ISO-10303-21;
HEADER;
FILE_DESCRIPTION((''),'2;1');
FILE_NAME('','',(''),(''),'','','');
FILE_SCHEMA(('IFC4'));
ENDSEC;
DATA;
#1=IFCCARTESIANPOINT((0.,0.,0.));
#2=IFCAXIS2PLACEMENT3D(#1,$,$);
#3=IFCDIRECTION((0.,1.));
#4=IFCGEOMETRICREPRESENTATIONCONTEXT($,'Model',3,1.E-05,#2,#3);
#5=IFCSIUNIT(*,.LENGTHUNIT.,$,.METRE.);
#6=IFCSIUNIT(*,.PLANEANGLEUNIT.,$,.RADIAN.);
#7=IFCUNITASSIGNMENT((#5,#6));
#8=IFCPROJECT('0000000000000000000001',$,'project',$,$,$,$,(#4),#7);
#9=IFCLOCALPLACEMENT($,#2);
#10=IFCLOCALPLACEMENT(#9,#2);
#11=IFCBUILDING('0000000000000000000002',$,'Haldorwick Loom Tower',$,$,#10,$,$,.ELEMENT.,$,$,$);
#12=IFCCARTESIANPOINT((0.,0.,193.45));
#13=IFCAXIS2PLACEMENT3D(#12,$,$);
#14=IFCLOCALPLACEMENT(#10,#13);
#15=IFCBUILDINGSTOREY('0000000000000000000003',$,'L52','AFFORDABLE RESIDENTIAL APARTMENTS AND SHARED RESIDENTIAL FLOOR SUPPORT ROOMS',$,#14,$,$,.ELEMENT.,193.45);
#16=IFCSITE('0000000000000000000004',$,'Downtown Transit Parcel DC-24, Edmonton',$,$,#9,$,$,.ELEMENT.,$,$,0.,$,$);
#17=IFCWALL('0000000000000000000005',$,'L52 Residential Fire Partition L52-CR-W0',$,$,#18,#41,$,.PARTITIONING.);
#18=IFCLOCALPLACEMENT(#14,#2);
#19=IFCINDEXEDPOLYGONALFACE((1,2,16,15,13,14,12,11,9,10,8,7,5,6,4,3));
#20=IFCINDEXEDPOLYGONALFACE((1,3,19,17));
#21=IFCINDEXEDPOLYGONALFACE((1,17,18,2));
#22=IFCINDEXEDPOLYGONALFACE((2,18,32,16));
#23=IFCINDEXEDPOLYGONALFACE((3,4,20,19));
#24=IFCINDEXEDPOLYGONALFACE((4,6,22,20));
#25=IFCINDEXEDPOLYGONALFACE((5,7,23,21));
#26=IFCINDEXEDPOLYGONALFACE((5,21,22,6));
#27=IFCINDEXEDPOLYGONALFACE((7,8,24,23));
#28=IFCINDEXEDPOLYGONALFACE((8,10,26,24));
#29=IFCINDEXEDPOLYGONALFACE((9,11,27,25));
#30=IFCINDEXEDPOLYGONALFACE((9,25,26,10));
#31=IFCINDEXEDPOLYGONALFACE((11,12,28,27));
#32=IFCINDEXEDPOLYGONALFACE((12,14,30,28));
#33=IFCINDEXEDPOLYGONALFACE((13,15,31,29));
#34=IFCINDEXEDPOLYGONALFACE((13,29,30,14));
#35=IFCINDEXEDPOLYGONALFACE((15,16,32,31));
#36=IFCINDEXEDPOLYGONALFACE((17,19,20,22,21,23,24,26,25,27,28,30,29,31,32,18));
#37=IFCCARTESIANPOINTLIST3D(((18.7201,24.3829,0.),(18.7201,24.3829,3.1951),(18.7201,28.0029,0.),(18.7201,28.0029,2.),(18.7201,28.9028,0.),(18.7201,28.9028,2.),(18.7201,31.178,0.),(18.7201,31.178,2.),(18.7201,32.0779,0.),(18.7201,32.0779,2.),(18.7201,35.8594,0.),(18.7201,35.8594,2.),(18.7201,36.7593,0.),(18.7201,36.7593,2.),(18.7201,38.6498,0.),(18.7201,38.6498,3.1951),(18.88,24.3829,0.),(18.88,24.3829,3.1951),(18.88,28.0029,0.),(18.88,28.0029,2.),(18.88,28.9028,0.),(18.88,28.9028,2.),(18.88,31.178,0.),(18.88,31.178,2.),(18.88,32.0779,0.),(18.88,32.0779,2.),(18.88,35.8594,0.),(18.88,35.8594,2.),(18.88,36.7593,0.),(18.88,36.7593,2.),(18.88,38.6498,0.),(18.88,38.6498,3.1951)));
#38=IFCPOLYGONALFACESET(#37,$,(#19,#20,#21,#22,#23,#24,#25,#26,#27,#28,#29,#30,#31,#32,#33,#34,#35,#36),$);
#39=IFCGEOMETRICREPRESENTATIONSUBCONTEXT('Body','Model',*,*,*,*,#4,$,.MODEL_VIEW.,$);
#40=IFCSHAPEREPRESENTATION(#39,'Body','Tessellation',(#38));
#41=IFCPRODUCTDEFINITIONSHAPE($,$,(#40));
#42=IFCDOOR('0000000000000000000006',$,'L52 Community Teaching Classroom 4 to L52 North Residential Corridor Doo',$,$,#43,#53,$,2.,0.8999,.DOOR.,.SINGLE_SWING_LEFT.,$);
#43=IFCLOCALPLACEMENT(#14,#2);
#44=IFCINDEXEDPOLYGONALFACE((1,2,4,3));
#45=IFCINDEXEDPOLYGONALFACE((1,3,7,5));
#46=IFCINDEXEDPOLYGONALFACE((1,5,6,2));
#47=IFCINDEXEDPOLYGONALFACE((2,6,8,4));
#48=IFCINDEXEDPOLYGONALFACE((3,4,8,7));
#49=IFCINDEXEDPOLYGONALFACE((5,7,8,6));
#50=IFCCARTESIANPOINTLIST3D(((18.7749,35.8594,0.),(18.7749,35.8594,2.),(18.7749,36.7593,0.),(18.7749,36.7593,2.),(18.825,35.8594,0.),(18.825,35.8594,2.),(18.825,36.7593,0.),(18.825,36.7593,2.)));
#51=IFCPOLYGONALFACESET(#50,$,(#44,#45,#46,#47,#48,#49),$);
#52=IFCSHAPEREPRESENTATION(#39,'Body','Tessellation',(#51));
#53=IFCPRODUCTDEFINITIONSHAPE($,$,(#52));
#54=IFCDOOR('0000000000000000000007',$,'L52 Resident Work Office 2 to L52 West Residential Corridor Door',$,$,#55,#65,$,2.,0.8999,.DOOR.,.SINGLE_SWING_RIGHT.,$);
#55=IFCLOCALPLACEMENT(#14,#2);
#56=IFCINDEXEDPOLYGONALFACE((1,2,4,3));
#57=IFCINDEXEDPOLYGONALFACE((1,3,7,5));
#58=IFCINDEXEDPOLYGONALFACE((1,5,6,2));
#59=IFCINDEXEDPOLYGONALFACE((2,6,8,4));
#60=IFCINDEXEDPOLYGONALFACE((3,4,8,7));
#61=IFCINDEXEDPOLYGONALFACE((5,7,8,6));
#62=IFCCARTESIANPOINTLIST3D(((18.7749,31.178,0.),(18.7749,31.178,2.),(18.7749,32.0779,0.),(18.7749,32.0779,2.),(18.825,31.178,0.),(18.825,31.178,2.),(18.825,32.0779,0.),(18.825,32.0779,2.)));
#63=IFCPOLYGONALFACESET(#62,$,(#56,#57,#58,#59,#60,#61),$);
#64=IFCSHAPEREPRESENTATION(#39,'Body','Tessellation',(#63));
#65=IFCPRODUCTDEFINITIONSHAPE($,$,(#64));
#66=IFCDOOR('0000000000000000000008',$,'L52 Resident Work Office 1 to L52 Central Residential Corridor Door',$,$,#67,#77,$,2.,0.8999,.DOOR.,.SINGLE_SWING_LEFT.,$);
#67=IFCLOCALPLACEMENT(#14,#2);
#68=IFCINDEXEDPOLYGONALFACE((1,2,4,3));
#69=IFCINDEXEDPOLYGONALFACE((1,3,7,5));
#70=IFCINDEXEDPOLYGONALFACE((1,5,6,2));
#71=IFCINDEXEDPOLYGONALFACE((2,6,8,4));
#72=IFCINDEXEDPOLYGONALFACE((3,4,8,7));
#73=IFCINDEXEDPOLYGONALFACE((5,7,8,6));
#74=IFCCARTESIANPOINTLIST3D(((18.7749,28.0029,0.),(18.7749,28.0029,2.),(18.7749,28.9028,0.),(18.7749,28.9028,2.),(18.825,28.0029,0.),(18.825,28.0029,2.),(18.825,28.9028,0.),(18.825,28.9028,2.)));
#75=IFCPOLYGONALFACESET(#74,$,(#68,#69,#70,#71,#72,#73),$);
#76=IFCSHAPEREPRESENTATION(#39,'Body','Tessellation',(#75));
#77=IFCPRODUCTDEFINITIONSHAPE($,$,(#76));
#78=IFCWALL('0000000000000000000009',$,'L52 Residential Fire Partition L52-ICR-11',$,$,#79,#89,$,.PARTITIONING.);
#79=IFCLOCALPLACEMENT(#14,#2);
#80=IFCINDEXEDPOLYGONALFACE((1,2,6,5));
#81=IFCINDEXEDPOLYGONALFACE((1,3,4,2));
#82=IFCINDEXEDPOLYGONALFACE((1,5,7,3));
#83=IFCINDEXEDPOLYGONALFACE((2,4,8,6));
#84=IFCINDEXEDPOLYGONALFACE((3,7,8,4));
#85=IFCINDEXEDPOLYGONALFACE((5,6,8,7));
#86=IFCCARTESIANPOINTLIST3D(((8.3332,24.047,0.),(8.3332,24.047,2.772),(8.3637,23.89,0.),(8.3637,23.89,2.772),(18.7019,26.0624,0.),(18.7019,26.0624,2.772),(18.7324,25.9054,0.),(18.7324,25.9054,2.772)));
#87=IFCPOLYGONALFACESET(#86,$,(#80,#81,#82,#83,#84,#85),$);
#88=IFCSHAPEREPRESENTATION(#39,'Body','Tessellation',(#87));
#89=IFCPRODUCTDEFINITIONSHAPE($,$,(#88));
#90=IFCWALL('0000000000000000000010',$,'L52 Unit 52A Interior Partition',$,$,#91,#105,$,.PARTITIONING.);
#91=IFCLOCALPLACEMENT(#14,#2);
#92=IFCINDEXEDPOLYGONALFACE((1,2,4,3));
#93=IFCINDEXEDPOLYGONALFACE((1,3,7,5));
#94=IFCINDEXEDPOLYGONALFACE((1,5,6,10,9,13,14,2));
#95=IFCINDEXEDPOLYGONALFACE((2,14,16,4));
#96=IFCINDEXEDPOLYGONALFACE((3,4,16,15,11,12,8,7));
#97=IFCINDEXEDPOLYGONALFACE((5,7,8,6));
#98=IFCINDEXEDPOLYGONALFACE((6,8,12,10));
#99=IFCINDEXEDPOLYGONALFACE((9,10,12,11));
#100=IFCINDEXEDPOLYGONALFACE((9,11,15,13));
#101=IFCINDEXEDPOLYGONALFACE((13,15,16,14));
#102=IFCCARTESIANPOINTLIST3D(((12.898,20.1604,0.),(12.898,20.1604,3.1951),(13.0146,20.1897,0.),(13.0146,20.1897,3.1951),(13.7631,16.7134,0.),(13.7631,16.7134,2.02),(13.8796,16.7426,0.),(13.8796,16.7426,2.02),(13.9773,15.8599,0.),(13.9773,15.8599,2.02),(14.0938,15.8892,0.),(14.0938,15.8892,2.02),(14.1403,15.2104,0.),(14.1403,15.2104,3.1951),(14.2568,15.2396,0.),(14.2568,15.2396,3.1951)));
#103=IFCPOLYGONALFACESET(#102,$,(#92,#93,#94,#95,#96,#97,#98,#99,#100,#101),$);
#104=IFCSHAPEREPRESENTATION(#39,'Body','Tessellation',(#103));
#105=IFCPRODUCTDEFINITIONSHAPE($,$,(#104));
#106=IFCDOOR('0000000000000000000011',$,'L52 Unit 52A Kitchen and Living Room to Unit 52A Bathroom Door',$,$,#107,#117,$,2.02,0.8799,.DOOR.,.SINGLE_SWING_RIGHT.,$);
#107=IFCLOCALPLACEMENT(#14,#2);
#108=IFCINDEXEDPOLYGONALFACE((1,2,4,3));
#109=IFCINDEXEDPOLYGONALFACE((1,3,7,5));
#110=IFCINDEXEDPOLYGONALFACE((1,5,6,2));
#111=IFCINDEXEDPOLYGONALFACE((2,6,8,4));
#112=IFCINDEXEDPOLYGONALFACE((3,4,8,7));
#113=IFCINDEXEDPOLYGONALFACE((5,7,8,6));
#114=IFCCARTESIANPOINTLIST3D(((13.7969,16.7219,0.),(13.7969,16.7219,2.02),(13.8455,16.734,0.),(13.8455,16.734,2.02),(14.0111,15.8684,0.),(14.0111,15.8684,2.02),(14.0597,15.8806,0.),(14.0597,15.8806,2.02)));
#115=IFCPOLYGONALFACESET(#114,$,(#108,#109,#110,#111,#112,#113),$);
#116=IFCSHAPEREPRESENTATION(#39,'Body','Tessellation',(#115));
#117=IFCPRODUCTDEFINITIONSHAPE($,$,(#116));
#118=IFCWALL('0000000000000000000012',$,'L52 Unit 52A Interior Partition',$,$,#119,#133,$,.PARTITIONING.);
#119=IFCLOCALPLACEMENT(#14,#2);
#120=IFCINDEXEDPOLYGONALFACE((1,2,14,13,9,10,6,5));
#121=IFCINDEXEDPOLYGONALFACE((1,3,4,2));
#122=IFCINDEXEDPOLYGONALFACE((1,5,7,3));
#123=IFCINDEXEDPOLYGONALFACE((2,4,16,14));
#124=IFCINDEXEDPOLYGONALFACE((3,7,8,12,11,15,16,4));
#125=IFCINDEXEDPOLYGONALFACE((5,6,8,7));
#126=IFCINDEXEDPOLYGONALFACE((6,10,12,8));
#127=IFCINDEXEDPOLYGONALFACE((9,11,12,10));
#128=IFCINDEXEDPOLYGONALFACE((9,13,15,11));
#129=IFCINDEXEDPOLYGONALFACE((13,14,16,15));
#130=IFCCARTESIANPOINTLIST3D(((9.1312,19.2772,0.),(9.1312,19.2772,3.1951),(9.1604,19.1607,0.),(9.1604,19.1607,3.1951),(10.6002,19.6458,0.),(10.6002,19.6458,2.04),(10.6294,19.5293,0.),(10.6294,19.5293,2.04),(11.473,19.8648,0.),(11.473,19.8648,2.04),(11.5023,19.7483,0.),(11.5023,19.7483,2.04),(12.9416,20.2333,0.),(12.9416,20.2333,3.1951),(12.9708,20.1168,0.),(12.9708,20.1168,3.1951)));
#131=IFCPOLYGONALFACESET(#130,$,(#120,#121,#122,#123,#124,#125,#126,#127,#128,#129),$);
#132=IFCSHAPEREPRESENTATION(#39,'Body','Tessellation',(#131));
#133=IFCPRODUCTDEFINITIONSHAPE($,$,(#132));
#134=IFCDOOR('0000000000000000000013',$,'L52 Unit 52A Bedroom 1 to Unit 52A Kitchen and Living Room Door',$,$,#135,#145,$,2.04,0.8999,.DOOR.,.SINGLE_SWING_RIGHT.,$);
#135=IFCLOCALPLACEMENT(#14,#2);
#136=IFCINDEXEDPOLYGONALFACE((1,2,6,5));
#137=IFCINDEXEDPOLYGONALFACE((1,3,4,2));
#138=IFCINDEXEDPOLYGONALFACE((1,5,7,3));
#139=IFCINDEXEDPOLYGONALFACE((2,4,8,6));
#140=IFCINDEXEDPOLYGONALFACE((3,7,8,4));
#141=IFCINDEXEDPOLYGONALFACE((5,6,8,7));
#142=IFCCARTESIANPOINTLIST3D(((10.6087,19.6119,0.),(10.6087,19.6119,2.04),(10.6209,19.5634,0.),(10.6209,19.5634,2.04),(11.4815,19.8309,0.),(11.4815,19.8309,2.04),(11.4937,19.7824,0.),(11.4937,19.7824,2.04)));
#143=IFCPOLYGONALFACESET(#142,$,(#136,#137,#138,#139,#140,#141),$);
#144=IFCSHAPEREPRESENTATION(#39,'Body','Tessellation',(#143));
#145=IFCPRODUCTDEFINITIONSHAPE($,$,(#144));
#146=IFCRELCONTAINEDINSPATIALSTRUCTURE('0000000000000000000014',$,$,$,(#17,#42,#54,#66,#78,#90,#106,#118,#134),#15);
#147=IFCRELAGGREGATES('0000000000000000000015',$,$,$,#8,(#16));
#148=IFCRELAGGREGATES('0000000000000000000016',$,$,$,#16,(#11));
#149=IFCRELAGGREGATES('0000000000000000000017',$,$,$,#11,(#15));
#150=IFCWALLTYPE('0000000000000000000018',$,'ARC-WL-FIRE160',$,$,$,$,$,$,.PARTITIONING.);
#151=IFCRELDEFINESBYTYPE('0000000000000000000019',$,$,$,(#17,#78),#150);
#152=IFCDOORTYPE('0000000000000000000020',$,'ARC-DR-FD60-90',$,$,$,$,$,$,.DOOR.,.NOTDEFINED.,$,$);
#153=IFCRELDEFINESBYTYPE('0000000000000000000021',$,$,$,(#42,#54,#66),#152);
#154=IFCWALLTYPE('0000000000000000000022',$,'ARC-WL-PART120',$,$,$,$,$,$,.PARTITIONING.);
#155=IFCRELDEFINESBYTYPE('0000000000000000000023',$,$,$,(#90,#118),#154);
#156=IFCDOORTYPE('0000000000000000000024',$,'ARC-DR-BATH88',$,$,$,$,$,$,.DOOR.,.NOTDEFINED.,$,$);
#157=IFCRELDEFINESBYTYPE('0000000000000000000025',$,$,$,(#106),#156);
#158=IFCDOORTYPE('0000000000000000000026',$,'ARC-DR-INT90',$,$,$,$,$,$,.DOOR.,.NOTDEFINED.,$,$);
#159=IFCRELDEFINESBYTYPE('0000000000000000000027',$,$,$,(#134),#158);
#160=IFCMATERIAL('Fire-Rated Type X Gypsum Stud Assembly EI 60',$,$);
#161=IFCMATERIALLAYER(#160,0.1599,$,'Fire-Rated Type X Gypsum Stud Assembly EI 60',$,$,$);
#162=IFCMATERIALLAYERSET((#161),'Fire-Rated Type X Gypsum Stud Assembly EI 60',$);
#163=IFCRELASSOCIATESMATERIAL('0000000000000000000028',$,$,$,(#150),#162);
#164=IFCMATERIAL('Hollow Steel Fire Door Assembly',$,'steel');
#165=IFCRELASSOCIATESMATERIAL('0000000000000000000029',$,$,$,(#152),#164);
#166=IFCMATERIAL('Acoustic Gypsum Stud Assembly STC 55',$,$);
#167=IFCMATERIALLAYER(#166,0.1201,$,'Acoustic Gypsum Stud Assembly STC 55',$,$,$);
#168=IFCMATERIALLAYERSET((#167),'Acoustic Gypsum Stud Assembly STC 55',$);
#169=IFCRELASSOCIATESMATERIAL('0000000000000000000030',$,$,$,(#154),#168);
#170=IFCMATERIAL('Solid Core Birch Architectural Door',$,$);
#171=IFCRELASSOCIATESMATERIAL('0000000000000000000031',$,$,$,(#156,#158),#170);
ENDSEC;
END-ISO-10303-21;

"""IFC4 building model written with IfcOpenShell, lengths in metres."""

from ifc_helpers import new_model, si_unit, direction, frame, frame_2d, origin, place, context, subcontext, project, spatial, rectangle, extrude, material, layer, layer_set, type_object, element, fill, save


model = new_model("IFC4")

# Units and contexts
model_context = context("Model", 3, precision=1e-05, world=origin(), true_north=direction((0.0, 1.0)))
body_context = subcontext(model_context, "Body", "Model", "MODEL_VIEW")
ifc_project = project(units=[si_unit("LENGTHUNIT", "METRE"), si_unit("PLANEANGLEUNIT", "RADIAN")], contexts=[model_context])

# Site, building, storey
site_placement = place(None, origin())
site = spatial("IfcSite", under=ifc_project, at=site_placement, Name="Downtown Transit Parcel DC-24, Edmonton", CompositionType="ELEMENT", RefElevation=0.0)
building_placement = place(site_placement, origin())
building = spatial("IfcBuilding", under=site, at=building_placement, Name="Haldorwick Loom Tower", CompositionType="ELEMENT")
storey_placement = place(building_placement, frame((0.0, 0.0, 193.45)))
storey = spatial("IfcBuildingStorey", under=building, at=storey_placement, Name="L52", Description="AFFORDABLE RESIDENTIAL APARTMENTS AND SHARED RESIDENTIAL FLOOR SUPPORT ROOMS", CompositionType="ELEMENT", Elevation=193.45)

# Wall, openings, doors
ifc_material_1 = material(Name="Fire-Rated Type X Gypsum Stud Assembly EI 60")
ifc_layer_1 = layer(ifc_material_1, 0.1599, Name="Fire-Rated Type X Gypsum Stud Assembly EI 60")
ifc_layer_set_1 = layer_set([ifc_layer_1], Name="Fire-Rated Type X Gypsum Stud Assembly EI 60")
wall_type_1 = type_object("IfcWallType", Name="ARC-WL-FIRE160", PredefinedType="PARTITIONING", material=ifc_layer_set_1)
ifc_material_2 = material(Name="Hollow Steel Fire Door Assembly", Category="steel")
door_type_1 = type_object("IfcDoorType", Name="ARC-DR-FD60-90", OperationType="NOTDEFINED", PredefinedType="DOOR", material=ifc_material_2)
ifc_material_3 = material(Name="Solid Core Birch Architectural Door")
wall_1_placement = place(storey_placement, frame((18.8, 24.3831, 0.0), z_axis=(0.0, 0.0, 1.0), x_axis=(0.0, 1.0, 0.0)))
wall_1 = element("IfcWall", 1, at=wall_1_placement, inside=storey, type_object=wall_type_1, Name="L52 Residential Fire Partition L52-CR-W0", PredefinedType="PARTITIONING", context=body_context, shape_type="SweptSolid", body=[
    extrude(rectangle(XDim=14.2668, YDim=0.1599, at=frame_2d((7.1333, 0.0))), origin(), (0.0, 0.0, 1.0), 3.1951),
])
opening_1_placement = place(wall_1_placement, frame((11.4763, 0.0, 0.0)))
opening_1 = element("IfcOpeningElement", 2, at=opening_1_placement, cuts=wall_1, PredefinedType="OPENING", context=body_context, shape_type="SweptSolid", body=[
    extrude(rectangle(XDim=0.8999, YDim=2.0, at=frame_2d((0.45, 1.0))), frame((0.0, 0.0898, 0.0), z_axis=(0.0, -1.0, 0.0), x_axis=(1.0, 0.0, 0.0)), (0.0, 0.0, 1.0), 0.1799),
])
opening_2_placement = place(wall_1_placement, frame((6.7949, 0.0, 0.0)))
opening_2 = element("IfcOpeningElement", 3, at=opening_2_placement, cuts=wall_1, PredefinedType="OPENING", context=body_context, shape_type="SweptSolid", body=[
    extrude(rectangle(XDim=0.8999, YDim=2.0, at=frame_2d((0.45, 1.0))), frame((0.0, 0.0898, 0.0), z_axis=(0.0, -1.0, 0.0), x_axis=(1.0, 0.0, 0.0)), (0.0, 0.0, 1.0), 0.1799),
])
opening_3_placement = place(wall_1_placement, frame((3.6199, 0.0, 0.0)))
opening_3 = element("IfcOpeningElement", 4, at=opening_3_placement, cuts=wall_1, PredefinedType="OPENING", context=body_context, shape_type="SweptSolid", body=[
    extrude(rectangle(XDim=0.8999, YDim=2.0, at=frame_2d((0.45, 1.0))), frame((0.0, 0.0898, 0.0), z_axis=(0.0, -1.0, 0.0), x_axis=(1.0, 0.0, 0.0)), (0.0, 0.0, 1.0), 0.1799),
])
door_1_placement = place(opening_1_placement, frame((0.8999, 0.0, 0.0), z_axis=(0.0, 0.0, 1.0), x_axis=(-1.0, 0.0, 0.0)))
door_1 = element("IfcDoor", 5, at=door_1_placement, inside=storey, type_object=door_type_1, Name="L52 Community Teaching Classroom 4 to L52 North Residential Corridor Doo", OperationType="SINGLE_SWING_LEFT", OverallHeight=2.0, OverallWidth=0.8999, PredefinedType="DOOR", context=body_context, shape_type="SweptSolid", body=[
    extrude(rectangle(XDim=0.8999, YDim=2.0, at=frame_2d((0.45, 1.0))), frame((0.0, 0.0249, 0.0), z_axis=(0.0, -1.0, 0.0), x_axis=(1.0, 0.0, 0.0)), (0.0, 0.0, 1.0), 0.05),
])
fill(opening_1, door_1)
door_2_placement = place(opening_2_placement, frame((0.8999, 0.0, 0.0), z_axis=(0.0, 0.0, 1.0), x_axis=(-1.0, 0.0, 0.0)))
door_2 = element("IfcDoor", 6, at=door_2_placement, inside=storey, type_object=door_type_1, Name="L52 Resident Work Office 2 to L52 West Residential Corridor Door", OperationType="SINGLE_SWING_RIGHT", OverallHeight=2.0, OverallWidth=0.8999, PredefinedType="DOOR", context=body_context, shape_type="SweptSolid", body=[
    extrude(rectangle(XDim=0.8999, YDim=2.0, at=frame_2d((0.45, 1.0))), frame((0.0, 0.0249, 0.0), z_axis=(0.0, -1.0, 0.0), x_axis=(1.0, 0.0, 0.0)), (0.0, 0.0, 1.0), 0.05),
])
fill(opening_2, door_2)
door_3_placement = place(opening_3_placement, frame((0.8999, 0.0, 0.0), z_axis=(0.0, 0.0, 1.0), x_axis=(-1.0, 0.0, 0.0)))
door_3 = element("IfcDoor", 7, at=door_3_placement, inside=storey, type_object=door_type_1, Name="L52 Resident Work Office 1 to L52 Central Residential Corridor Door", OperationType="SINGLE_SWING_LEFT", OverallHeight=2.0, OverallWidth=0.8999, PredefinedType="DOOR", context=body_context, shape_type="SweptSolid", body=[
    extrude(rectangle(XDim=0.8999, YDim=2.0, at=frame_2d((0.45, 1.0))), frame((0.0, 0.0249, 0.0), z_axis=(0.0, -1.0, 0.0), x_axis=(1.0, 0.0, 0.0)), (0.0, 0.0, 1.0), 0.05),
])
fill(opening_3, door_3)

# Wall
wall_2_placement = place(storey_placement, frame((18.717, 25.9839, 0.0), z_axis=(0.0, 0.0, 1.0), x_axis=(-0.981629, -0.190802, 0.0)))
element("IfcWall", 8, at=wall_2_placement, inside=storey, type_object=wall_type_1, Name="L52 Residential Fire Partition L52-ICR-11", PredefinedType="PARTITIONING", context=body_context, shape_type="SweptSolid", body=[
    extrude(rectangle(XDim=10.5627, YDim=0.1599, at=frame_2d((5.2812, 0.0))), origin(), (0.0, 0.0, 1.0), 2.772),
])

# Walls, openings, doors
ifc_material_4 = material(Name="Acoustic Gypsum Stud Assembly STC 55")
ifc_layer_2 = layer(ifc_material_4, 0.1201, Name="Acoustic Gypsum Stud Assembly STC 55")
ifc_layer_set_2 = layer_set([ifc_layer_2], Name="Acoustic Gypsum Stud Assembly STC 55")
wall_type_2 = type_object("IfcWallType", Name="ARC-WL-PART120", PredefinedType="PARTITIONING", material=ifc_layer_set_2)
wall_3_placement = place(storey_placement, frame((12.9563, 20.175, 0.0), z_axis=(0.0, 0.0, 1.0), x_axis=(0.243402, -0.969925, 0.0)))
wall_3 = element("IfcWall", 9, at=wall_3_placement, inside=storey, type_object=wall_type_2, Name="L52 Unit 52A Interior Partition", PredefinedType="PARTITIONING", context=body_context, shape_type="SweptSolid", body=[
    extrude(rectangle(XDim=5.1035, YDim=0.1201, at=frame_2d((2.5518, 0.0))), origin(), (0.0, 0.0, 1.0), 3.1951),
])
opening_4_placement = place(wall_3_placement, frame((3.554, 0.0, 0.0)))
opening_4 = element("IfcOpeningElement", 10, at=opening_4_placement, cuts=wall_3, PredefinedType="OPENING", context=body_context, shape_type="SweptSolid", body=[
    extrude(rectangle(XDim=0.8799, YDim=2.02, at=frame_2d((0.4399, 1.01))), frame((0.0, 0.0701, 0.0), z_axis=(0.0, -1.0, 0.0), x_axis=(1.0, 0.0, 0.0)), (0.0, 0.0, 1.0), 0.1401),
])
door_type_2 = type_object("IfcDoorType", Name="ARC-DR-BATH88", OperationType="NOTDEFINED", PredefinedType="DOOR", material=ifc_material_3)
door_4_placement = place(opening_4_placement, origin())
door_4 = element("IfcDoor", 11, at=door_4_placement, inside=storey, type_object=door_type_2, Name="L52 Unit 52A Kitchen and Living Room to Unit 52A Bathroom Door", OperationType="SINGLE_SWING_RIGHT", OverallHeight=2.02, OverallWidth=0.8799, PredefinedType="DOOR", context=body_context, shape_type="SweptSolid", body=[
    extrude(rectangle(XDim=0.8799, YDim=2.02, at=frame_2d((0.4399, 1.01))), frame((0.0, 0.0249, 0.0), z_axis=(0.0, -1.0, 0.0), x_axis=(1.0, 0.0, 0.0)), (0.0, 0.0, 1.0), 0.05),
])
fill(opening_4, door_4)
wall_4_placement = place(storey_placement, frame((12.9563, 20.175, 0.0), z_axis=(0.0, 0.0, 1.0), x_axis=(-0.969934, -0.243369, 0.0)))
wall_4 = element("IfcWall", 12, at=wall_4_placement, inside=storey, type_object=wall_type_2, Name="L52 Unit 52A Interior Partition", PredefinedType="PARTITIONING", context=body_context, shape_type="SweptSolid", body=[
    extrude(rectangle(XDim=3.9285, YDim=0.1201, at=frame_2d((1.9644, 0.0))), origin(), (0.0, 0.0, 1.0), 3.1951),
])
opening_5_placement = place(wall_4_placement, frame((1.5142, 0.0, 0.0)))
opening_5 = element("IfcOpeningElement", 13, at=opening_5_placement, cuts=wall_4, PredefinedType="OPENING", context=body_context, shape_type="SweptSolid", body=[
    extrude(rectangle(XDim=0.8999, YDim=2.04, at=frame_2d((0.45, 1.02))), frame((0.0, 0.0701, 0.0), z_axis=(0.0, -1.0, 0.0), x_axis=(1.0, 0.0, 0.0)), (0.0, 0.0, 1.0), 0.1401),
])
door_type_3 = type_object("IfcDoorType", Name="ARC-DR-INT90", OperationType="NOTDEFINED", PredefinedType="DOOR", material=ifc_material_3)
door_5_placement = place(opening_5_placement, origin())
door_5 = element("IfcDoor", 14, at=door_5_placement, inside=storey, type_object=door_type_3, Name="L52 Unit 52A Bedroom 1 to Unit 52A Kitchen and Living Room Door", OperationType="SINGLE_SWING_RIGHT", OverallHeight=2.04, OverallWidth=0.8999, PredefinedType="DOOR", context=body_context, shape_type="SweptSolid", body=[
    extrude(rectangle(XDim=0.8999, YDim=2.04, at=frame_2d((0.45, 1.02))), frame((0.0, 0.0249, 0.0), z_axis=(0.0, -1.0, 0.0), x_axis=(1.0, 0.0, 0.0)), (0.0, 0.0, 1.0), 0.05),
])
fill(opening_5, door_5)

save(model, "model.ifc")
